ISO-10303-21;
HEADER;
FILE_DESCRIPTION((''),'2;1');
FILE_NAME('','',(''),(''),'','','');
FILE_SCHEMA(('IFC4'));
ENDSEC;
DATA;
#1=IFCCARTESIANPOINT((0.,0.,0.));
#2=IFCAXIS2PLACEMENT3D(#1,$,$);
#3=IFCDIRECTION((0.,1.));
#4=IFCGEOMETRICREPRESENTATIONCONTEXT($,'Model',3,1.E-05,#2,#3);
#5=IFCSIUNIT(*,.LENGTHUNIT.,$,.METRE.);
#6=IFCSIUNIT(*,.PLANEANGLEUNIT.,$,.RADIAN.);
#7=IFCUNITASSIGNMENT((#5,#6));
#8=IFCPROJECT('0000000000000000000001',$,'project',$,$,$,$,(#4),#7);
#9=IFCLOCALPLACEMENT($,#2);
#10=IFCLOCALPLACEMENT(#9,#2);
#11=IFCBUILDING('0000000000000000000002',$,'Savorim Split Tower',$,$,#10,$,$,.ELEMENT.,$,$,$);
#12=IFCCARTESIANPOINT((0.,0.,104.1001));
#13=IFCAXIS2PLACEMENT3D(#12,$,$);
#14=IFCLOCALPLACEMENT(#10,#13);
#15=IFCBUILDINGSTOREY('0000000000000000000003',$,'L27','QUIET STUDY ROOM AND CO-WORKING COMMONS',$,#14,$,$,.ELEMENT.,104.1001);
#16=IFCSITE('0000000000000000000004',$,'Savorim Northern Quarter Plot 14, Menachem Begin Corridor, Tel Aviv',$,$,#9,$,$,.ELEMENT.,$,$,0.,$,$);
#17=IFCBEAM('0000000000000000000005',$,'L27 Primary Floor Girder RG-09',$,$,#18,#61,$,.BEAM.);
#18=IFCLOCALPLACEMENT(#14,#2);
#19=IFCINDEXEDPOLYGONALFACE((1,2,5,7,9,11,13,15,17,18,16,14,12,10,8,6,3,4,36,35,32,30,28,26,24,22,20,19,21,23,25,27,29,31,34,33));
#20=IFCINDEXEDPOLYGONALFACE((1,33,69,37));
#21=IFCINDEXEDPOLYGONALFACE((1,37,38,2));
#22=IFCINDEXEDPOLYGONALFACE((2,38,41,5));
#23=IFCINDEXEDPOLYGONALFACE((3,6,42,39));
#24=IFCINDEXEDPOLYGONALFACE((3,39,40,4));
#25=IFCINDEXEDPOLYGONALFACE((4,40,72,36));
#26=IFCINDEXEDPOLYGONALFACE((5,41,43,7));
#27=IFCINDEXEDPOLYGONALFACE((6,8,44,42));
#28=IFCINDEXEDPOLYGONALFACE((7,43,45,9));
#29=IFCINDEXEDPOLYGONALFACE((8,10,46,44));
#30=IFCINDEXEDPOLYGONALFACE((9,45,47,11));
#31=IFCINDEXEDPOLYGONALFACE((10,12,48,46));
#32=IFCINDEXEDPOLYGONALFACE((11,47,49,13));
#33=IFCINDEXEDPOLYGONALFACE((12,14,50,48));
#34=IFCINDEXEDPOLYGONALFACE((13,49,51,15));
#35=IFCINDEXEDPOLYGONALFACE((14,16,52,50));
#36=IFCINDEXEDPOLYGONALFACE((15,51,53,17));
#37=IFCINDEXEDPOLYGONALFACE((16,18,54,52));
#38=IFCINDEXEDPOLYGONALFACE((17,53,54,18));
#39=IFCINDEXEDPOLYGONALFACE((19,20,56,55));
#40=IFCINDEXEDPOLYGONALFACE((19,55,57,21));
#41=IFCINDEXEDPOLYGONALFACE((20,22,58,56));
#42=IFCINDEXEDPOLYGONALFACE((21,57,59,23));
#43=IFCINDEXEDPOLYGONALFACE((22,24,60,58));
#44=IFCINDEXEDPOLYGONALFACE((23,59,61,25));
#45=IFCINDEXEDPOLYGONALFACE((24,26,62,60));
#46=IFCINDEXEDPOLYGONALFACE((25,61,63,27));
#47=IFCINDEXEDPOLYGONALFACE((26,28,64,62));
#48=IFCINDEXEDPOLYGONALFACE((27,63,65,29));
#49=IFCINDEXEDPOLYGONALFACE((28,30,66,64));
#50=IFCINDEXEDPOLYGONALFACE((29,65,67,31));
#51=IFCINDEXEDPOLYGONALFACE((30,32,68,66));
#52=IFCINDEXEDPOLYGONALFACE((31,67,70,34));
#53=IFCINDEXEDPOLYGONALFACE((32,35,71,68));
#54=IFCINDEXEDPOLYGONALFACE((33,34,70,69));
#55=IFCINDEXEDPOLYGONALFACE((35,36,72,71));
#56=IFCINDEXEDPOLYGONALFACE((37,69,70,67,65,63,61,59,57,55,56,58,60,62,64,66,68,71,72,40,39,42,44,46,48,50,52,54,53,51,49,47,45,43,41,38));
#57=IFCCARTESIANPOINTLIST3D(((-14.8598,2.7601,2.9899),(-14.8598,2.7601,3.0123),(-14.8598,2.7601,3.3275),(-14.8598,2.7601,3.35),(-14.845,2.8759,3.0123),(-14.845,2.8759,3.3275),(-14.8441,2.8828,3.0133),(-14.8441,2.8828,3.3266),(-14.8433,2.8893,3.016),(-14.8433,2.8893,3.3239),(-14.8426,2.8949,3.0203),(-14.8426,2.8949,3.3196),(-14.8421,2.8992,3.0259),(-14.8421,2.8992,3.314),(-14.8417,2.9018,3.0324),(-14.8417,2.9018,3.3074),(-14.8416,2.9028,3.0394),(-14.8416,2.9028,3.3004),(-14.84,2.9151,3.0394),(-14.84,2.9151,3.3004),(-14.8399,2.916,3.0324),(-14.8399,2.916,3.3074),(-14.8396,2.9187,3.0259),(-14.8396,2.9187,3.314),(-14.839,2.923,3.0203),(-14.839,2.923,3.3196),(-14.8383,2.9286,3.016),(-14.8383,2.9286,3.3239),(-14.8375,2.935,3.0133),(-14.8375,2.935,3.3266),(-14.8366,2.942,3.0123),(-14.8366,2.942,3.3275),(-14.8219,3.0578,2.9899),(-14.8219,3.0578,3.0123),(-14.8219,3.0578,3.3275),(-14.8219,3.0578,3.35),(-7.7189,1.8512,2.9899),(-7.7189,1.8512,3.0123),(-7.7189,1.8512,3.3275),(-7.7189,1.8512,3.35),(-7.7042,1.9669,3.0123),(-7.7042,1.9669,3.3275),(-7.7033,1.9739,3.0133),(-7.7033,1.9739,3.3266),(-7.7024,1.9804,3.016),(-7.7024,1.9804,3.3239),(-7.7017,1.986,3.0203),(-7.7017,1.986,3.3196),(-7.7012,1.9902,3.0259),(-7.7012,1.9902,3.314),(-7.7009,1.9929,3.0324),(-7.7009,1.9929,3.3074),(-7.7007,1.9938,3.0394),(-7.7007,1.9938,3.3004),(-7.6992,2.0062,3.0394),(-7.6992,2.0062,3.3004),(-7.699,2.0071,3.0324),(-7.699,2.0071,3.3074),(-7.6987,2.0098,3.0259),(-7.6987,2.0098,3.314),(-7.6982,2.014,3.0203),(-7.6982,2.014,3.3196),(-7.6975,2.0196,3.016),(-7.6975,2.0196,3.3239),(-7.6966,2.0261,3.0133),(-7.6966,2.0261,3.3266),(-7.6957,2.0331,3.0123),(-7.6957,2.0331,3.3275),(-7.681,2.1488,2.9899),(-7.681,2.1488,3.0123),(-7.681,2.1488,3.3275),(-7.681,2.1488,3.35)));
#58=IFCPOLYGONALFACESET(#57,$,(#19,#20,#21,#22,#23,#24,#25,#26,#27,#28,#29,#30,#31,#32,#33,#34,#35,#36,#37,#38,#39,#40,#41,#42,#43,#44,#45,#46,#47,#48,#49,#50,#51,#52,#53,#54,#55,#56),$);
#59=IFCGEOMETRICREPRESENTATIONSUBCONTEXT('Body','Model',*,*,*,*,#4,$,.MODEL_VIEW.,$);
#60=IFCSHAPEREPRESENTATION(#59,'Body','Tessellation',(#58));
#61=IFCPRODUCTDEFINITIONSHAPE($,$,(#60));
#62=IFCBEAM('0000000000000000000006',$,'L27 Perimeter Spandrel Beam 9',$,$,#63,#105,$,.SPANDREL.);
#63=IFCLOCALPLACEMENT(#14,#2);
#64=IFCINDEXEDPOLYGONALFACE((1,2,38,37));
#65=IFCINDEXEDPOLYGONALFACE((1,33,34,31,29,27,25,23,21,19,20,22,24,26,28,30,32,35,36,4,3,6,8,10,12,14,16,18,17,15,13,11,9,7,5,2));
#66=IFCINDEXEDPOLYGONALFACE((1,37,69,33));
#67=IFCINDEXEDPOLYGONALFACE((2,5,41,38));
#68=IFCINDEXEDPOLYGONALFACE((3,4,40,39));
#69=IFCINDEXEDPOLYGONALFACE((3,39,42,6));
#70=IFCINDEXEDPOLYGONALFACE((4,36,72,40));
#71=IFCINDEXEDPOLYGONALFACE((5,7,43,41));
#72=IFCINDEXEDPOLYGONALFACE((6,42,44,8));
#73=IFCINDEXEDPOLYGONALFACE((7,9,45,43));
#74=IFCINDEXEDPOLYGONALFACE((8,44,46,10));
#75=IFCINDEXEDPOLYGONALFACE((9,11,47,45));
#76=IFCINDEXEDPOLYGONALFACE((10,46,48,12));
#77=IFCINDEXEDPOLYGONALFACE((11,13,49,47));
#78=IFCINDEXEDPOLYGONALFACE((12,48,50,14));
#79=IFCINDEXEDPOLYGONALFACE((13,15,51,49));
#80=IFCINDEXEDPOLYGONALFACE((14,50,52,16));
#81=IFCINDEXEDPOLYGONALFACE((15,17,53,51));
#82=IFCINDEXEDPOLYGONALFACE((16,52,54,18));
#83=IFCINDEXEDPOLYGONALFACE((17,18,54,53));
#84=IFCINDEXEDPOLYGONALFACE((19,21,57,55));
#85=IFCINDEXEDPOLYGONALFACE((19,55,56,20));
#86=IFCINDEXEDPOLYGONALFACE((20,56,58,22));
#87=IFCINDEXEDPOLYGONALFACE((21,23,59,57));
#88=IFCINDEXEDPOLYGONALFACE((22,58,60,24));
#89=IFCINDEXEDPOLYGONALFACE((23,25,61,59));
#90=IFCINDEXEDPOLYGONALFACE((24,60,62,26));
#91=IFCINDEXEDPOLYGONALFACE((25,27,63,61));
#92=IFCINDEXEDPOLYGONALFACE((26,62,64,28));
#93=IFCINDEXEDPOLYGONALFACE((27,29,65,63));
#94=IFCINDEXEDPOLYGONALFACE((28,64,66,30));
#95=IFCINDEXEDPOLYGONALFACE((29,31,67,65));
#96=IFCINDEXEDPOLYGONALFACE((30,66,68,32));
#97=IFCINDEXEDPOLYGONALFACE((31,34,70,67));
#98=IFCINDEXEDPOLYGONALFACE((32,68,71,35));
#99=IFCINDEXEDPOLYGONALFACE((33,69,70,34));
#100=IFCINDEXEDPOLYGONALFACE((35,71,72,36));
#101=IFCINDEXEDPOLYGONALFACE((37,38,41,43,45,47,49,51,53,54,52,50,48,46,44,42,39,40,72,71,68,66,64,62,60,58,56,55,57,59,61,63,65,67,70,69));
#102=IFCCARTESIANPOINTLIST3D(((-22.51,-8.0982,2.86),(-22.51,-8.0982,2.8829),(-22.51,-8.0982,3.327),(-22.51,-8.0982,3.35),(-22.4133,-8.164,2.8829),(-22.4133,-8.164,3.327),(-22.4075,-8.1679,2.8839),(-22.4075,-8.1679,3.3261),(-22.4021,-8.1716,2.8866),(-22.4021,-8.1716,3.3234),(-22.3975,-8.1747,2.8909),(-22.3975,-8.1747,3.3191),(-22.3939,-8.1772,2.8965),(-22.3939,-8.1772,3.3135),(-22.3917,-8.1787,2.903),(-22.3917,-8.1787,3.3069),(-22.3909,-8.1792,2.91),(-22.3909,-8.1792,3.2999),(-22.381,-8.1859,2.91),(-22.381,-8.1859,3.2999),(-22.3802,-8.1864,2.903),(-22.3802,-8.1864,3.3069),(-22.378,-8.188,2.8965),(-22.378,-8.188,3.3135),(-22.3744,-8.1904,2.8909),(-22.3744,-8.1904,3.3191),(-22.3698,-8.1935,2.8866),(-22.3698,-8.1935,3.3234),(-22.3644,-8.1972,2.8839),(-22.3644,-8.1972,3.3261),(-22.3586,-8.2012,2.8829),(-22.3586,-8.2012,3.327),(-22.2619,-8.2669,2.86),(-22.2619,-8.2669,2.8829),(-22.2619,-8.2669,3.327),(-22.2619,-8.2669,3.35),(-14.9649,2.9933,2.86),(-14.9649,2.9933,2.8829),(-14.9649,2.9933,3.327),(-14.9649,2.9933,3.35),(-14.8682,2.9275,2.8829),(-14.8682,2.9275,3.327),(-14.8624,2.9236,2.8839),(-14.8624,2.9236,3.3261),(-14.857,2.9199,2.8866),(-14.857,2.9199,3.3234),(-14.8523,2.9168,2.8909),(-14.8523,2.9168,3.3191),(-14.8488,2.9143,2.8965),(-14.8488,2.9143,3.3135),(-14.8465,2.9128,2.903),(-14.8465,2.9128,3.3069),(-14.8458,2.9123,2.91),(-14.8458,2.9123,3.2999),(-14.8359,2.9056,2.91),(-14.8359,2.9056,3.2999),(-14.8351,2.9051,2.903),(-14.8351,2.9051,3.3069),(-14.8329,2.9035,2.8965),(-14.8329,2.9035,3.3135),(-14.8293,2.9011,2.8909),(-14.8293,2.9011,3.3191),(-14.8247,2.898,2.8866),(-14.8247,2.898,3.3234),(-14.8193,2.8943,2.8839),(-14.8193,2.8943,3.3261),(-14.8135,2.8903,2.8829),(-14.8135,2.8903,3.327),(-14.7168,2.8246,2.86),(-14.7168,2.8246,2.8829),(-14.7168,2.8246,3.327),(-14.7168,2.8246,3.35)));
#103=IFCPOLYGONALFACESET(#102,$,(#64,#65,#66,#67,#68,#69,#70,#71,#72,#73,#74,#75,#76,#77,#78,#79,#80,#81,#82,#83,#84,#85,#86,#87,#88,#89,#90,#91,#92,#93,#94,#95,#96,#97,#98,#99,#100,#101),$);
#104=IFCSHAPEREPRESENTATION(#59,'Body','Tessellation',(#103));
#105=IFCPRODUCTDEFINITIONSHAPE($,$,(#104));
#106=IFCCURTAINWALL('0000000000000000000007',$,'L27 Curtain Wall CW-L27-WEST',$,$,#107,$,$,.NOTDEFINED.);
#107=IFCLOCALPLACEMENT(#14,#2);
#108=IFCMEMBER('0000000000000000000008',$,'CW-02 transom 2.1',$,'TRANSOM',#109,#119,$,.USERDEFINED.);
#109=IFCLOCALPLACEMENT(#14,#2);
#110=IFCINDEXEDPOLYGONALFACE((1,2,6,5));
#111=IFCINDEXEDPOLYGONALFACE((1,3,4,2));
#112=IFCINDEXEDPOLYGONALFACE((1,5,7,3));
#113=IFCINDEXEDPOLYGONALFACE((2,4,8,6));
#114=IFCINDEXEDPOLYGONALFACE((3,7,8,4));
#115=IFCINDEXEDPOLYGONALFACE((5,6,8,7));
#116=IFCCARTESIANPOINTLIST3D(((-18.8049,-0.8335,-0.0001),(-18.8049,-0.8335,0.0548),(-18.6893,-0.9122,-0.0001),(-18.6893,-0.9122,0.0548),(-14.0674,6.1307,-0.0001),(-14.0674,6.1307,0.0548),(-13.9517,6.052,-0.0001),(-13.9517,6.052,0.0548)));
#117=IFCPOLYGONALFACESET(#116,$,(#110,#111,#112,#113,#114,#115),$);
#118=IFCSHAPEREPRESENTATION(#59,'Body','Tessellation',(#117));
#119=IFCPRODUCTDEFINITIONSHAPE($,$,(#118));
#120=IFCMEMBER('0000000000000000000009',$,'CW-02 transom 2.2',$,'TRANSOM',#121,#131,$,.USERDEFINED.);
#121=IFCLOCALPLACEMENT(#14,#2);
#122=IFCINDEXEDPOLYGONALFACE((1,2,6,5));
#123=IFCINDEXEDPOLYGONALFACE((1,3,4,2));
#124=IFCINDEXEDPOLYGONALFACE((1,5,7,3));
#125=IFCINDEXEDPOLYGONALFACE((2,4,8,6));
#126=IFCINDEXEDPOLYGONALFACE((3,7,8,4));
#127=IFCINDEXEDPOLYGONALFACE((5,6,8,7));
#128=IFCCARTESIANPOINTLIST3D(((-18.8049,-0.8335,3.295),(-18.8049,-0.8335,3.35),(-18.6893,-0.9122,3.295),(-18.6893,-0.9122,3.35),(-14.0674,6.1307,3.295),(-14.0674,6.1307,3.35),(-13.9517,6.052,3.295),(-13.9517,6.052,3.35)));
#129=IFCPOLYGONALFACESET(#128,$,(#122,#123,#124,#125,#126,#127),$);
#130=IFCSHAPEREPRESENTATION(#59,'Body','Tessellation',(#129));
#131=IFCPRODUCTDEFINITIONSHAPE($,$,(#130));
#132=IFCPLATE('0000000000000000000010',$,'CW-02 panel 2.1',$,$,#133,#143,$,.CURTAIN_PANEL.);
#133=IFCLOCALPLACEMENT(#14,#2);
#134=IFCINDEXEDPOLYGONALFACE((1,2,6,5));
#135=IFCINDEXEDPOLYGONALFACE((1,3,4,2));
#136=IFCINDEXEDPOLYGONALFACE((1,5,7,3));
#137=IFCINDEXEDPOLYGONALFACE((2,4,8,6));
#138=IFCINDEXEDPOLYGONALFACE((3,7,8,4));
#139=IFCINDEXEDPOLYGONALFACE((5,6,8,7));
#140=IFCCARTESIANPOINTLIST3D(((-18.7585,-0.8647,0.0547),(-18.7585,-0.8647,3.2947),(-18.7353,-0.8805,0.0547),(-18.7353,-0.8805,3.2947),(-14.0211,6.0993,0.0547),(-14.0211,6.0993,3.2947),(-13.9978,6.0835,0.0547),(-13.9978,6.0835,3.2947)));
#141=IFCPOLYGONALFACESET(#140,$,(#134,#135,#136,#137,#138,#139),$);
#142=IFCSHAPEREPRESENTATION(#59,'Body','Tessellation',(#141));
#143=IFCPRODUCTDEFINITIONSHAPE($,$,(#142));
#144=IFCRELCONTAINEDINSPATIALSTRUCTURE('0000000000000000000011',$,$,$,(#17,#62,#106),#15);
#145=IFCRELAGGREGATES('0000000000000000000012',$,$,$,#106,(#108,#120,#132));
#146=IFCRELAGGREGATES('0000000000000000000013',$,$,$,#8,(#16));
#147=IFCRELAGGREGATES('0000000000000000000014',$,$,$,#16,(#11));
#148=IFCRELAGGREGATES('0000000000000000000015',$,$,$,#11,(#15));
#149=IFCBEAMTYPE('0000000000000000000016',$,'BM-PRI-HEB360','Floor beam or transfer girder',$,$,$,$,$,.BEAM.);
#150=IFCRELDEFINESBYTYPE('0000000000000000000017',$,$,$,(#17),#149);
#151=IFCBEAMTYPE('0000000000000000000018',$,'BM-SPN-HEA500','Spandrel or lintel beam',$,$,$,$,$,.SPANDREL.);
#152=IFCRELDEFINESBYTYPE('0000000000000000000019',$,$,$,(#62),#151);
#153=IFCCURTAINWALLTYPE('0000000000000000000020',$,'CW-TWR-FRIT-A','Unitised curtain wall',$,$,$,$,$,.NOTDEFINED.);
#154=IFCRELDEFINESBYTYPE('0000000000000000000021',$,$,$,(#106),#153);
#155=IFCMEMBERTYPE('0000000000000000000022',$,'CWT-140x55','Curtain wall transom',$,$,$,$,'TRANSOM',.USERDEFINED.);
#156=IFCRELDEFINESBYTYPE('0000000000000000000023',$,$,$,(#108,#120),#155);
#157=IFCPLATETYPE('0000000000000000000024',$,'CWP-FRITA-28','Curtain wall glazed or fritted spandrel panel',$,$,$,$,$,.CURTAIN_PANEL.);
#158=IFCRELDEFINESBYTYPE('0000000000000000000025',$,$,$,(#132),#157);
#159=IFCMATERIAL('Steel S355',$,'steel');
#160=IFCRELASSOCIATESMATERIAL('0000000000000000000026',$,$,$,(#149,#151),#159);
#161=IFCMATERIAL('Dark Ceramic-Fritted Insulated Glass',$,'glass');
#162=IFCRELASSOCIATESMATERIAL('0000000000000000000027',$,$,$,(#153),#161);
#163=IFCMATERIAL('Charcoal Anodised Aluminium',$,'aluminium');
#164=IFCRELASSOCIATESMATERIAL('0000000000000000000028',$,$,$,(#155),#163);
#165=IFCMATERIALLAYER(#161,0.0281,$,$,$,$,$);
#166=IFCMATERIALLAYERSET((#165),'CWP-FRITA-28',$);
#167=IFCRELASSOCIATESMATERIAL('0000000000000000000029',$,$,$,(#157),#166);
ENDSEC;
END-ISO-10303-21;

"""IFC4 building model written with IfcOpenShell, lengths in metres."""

from ifc_helpers import new_model, si_unit, direction, frame, origin, origin_2d, place, context, subcontext, project, spatial, rectangle, i_section, extrude, material, layer, layer_set, material_profile, profile_set, type_object, element, aggregate, save


model = new_model("IFC4")

# Units and contexts
model_context = context("Model", 3, precision=1e-05, world=origin(), true_north=direction((0.0, 1.0)))
body_context = subcontext(model_context, "Body", "Model", "MODEL_VIEW")
ifc_project = project(units=[si_unit("LENGTHUNIT", "METRE"), si_unit("PLANEANGLEUNIT", "RADIAN")], contexts=[model_context])

# Site, building, storey
site_placement = place(None, origin())
site = spatial("IfcSite", under=ifc_project, at=site_placement, Name="Savorim Northern Quarter Plot 14, Menachem Begin Corridor, Tel Aviv", CompositionType="ELEMENT", RefElevation=0.0)
building_placement = place(site_placement, origin())
building = spatial("IfcBuilding", under=site, at=building_placement, Name="Savorim Split Tower", CompositionType="ELEMENT")
storey_placement = place(building_placement, frame((0.0, 0.0, 104.1001)))
storey = spatial("IfcBuildingStorey", under=building, at=storey_placement, Name="L27", Description="QUIET STUDY ROOM AND CO-WORKING COMMONS", CompositionType="ELEMENT", Elevation=104.1001)

# Beams
ifc_material_1 = material(Name="Steel S355", Category="steel")
ifc_material_profile_1 = material_profile(ifc_material_1, i_section(OverallWidth=0.3, OverallDepth=0.3601, WebThickness=0.0125, FlangeThickness=0.0225, FilletRadius=0.0271, at=origin_2d()), Name="HEB 360")
ifc_profile_set_1 = profile_set([ifc_material_profile_1], Name="Steel S355")
beam_type_1 = type_object("IfcBeamType", Name="BM-PRI-HEB360", Description="Floor beam or transfer girder", PredefinedType="BEAM", material=ifc_profile_set_1)
beam_1_placement = place(storey_placement, frame((-14.8408, 2.9089, 3.1699), z_axis=(0.991996, -0.126268, 0.0), x_axis=(0.126268, 0.991996, 0.0)))
element("IfcBeam", 1, at=beam_1_placement, inside=storey, type_object=beam_type_1, Name="L27 Primary Floor Girder RG-09", PredefinedType="BEAM", context=body_context, shape_type="SweptSolid", body=[
    extrude(i_section(OverallWidth=0.3, OverallDepth=0.3601, WebThickness=0.0125, FlangeThickness=0.0225, FilletRadius=0.0271, at=origin_2d()), origin(), (0.0, 0.0, 1.0), 7.1985),
])
ifc_material_profile_2 = material_profile(ifc_material_1, i_section(OverallWidth=0.3, OverallDepth=0.49, WebThickness=0.012, FlangeThickness=0.0229, FilletRadius=0.0271, at=origin_2d()), Name="HEA 500")
ifc_profile_set_2 = profile_set([ifc_material_profile_2], Name="Steel S355")
beam_type_2 = type_object("IfcBeamType", Name="BM-SPN-HEA500", Description="Spandrel or lintel beam", PredefinedType="SPANDREL", material=ifc_profile_set_2)
beam_2_placement = place(storey_placement, frame((-14.8408, 2.9089, 3.105), z_axis=(-0.562458, -0.826826, 0.0), x_axis=(0.826826, -0.562458, 0.0)))
element("IfcBeam", 2, at=beam_2_placement, inside=storey, type_object=beam_type_2, Name="L27 Perimeter Spandrel Beam 9", PredefinedType="SPANDREL", context=body_context, shape_type="SweptSolid", body=[
    extrude(i_section(OverallWidth=0.3, OverallDepth=0.49, WebThickness=0.012, FlangeThickness=0.0229, FilletRadius=0.0271, at=origin_2d()), origin(), (0.0, 0.0, 1.0), 13.4146),
])

# Curtain wall, members, plate
ifc_material_2 = material(Name="Dark Ceramic-Fritted Insulated Glass", Category="glass")
curtain_wall_type = type_object("IfcCurtainWallType", Name="CW-TWR-FRIT-A", Description="Unitised curtain wall", PredefinedType="NOTDEFINED", material=ifc_material_2)
curtain_wall_placement = place(storey_placement, origin())
curtain_wall = element("IfcCurtainWall", 3, at=curtain_wall_placement, inside=storey, type_object=curtain_wall_type, Name="L27 Curtain Wall CW-L27-WEST", PredefinedType="NOTDEFINED")
ifc_material_3 = material(Name="Charcoal Anodised Aluminium", Category="aluminium")
ifc_material_profile_3 = material_profile(ifc_material_3, rectangle(XDim=0.1399, YDim=0.0549, at=origin_2d()), Name="ALU-T 140x55")
ifc_profile_set_3 = profile_set([ifc_material_profile_3], Name="Charcoal Anodised Aluminium")
member_type = type_object("IfcMemberType", Name="CWT-140x55", Description="Curtain wall transom", ElementType="TRANSOM", PredefinedType="USERDEFINED", material=ifc_profile_set_3)
member_1_placement = place(storey_placement, frame((-14.0095, 6.0913, 0.0273), z_axis=(-0.562469, -0.826819, 0.0), x_axis=(0.826819, -0.562469, 0.0)))
member_1 = element("IfcMember", 4, at=member_1_placement, type_object=member_type, Name="CW-02 transom 2.1", ObjectType="TRANSOM", PredefinedType="USERDEFINED", context=body_context, shape_type="SweptSolid", body=[
    extrude(rectangle(XDim=0.1399, YDim=0.0549, at=origin_2d()), origin(), (0.0, 0.0, 1.0), 8.4229),
])
member_2_placement = place(storey_placement, frame((-14.0095, 6.0913, 3.3225), z_axis=(-0.562469, -0.826819, 0.0), x_axis=(0.826819, -0.562469, 0.0)))
member_2 = element("IfcMember", 5, at=member_2_placement, type_object=member_type, Name="CW-02 transom 2.2", ObjectType="TRANSOM", PredefinedType="USERDEFINED", context=body_context, shape_type="SweptSolid", body=[
    extrude(rectangle(XDim=0.1399, YDim=0.0549, at=origin_2d()), origin(), (0.0, 0.0, 1.0), 8.4229),
])
ifc_layer_1 = layer(ifc_material_2, 0.0281)
ifc_layer_set_1 = layer_set([ifc_layer_1], Name="CWP-FRITA-28")
plate_type = type_object("IfcPlateType", Name="CWP-FRITA-28", Description="Curtain wall glazed or fritted spandrel panel", PredefinedType="CURTAIN_PANEL", material=ifc_layer_set_1)
plate_placement = place(storey_placement, frame((-16.3782, 2.6094, 0.0547), z_axis=(0.0, 0.0, 1.0), x_axis=(-0.562468, -0.826819, 0.0)))
plate = element("IfcPlate", 6, at=plate_placement, type_object=plate_type, Name="CW-02 panel 2.1", PredefinedType="CURTAIN_PANEL", context=body_context, shape_type="SweptSolid", body=[
    extrude(rectangle(XDim=8.4226, YDim=0.0281, at=origin_2d()), origin(), (0.0, 0.0, 1.0), 3.24),
])
aggregate(curtain_wall, [member_1, member_2, plate])

save(model, "model.ifc")
